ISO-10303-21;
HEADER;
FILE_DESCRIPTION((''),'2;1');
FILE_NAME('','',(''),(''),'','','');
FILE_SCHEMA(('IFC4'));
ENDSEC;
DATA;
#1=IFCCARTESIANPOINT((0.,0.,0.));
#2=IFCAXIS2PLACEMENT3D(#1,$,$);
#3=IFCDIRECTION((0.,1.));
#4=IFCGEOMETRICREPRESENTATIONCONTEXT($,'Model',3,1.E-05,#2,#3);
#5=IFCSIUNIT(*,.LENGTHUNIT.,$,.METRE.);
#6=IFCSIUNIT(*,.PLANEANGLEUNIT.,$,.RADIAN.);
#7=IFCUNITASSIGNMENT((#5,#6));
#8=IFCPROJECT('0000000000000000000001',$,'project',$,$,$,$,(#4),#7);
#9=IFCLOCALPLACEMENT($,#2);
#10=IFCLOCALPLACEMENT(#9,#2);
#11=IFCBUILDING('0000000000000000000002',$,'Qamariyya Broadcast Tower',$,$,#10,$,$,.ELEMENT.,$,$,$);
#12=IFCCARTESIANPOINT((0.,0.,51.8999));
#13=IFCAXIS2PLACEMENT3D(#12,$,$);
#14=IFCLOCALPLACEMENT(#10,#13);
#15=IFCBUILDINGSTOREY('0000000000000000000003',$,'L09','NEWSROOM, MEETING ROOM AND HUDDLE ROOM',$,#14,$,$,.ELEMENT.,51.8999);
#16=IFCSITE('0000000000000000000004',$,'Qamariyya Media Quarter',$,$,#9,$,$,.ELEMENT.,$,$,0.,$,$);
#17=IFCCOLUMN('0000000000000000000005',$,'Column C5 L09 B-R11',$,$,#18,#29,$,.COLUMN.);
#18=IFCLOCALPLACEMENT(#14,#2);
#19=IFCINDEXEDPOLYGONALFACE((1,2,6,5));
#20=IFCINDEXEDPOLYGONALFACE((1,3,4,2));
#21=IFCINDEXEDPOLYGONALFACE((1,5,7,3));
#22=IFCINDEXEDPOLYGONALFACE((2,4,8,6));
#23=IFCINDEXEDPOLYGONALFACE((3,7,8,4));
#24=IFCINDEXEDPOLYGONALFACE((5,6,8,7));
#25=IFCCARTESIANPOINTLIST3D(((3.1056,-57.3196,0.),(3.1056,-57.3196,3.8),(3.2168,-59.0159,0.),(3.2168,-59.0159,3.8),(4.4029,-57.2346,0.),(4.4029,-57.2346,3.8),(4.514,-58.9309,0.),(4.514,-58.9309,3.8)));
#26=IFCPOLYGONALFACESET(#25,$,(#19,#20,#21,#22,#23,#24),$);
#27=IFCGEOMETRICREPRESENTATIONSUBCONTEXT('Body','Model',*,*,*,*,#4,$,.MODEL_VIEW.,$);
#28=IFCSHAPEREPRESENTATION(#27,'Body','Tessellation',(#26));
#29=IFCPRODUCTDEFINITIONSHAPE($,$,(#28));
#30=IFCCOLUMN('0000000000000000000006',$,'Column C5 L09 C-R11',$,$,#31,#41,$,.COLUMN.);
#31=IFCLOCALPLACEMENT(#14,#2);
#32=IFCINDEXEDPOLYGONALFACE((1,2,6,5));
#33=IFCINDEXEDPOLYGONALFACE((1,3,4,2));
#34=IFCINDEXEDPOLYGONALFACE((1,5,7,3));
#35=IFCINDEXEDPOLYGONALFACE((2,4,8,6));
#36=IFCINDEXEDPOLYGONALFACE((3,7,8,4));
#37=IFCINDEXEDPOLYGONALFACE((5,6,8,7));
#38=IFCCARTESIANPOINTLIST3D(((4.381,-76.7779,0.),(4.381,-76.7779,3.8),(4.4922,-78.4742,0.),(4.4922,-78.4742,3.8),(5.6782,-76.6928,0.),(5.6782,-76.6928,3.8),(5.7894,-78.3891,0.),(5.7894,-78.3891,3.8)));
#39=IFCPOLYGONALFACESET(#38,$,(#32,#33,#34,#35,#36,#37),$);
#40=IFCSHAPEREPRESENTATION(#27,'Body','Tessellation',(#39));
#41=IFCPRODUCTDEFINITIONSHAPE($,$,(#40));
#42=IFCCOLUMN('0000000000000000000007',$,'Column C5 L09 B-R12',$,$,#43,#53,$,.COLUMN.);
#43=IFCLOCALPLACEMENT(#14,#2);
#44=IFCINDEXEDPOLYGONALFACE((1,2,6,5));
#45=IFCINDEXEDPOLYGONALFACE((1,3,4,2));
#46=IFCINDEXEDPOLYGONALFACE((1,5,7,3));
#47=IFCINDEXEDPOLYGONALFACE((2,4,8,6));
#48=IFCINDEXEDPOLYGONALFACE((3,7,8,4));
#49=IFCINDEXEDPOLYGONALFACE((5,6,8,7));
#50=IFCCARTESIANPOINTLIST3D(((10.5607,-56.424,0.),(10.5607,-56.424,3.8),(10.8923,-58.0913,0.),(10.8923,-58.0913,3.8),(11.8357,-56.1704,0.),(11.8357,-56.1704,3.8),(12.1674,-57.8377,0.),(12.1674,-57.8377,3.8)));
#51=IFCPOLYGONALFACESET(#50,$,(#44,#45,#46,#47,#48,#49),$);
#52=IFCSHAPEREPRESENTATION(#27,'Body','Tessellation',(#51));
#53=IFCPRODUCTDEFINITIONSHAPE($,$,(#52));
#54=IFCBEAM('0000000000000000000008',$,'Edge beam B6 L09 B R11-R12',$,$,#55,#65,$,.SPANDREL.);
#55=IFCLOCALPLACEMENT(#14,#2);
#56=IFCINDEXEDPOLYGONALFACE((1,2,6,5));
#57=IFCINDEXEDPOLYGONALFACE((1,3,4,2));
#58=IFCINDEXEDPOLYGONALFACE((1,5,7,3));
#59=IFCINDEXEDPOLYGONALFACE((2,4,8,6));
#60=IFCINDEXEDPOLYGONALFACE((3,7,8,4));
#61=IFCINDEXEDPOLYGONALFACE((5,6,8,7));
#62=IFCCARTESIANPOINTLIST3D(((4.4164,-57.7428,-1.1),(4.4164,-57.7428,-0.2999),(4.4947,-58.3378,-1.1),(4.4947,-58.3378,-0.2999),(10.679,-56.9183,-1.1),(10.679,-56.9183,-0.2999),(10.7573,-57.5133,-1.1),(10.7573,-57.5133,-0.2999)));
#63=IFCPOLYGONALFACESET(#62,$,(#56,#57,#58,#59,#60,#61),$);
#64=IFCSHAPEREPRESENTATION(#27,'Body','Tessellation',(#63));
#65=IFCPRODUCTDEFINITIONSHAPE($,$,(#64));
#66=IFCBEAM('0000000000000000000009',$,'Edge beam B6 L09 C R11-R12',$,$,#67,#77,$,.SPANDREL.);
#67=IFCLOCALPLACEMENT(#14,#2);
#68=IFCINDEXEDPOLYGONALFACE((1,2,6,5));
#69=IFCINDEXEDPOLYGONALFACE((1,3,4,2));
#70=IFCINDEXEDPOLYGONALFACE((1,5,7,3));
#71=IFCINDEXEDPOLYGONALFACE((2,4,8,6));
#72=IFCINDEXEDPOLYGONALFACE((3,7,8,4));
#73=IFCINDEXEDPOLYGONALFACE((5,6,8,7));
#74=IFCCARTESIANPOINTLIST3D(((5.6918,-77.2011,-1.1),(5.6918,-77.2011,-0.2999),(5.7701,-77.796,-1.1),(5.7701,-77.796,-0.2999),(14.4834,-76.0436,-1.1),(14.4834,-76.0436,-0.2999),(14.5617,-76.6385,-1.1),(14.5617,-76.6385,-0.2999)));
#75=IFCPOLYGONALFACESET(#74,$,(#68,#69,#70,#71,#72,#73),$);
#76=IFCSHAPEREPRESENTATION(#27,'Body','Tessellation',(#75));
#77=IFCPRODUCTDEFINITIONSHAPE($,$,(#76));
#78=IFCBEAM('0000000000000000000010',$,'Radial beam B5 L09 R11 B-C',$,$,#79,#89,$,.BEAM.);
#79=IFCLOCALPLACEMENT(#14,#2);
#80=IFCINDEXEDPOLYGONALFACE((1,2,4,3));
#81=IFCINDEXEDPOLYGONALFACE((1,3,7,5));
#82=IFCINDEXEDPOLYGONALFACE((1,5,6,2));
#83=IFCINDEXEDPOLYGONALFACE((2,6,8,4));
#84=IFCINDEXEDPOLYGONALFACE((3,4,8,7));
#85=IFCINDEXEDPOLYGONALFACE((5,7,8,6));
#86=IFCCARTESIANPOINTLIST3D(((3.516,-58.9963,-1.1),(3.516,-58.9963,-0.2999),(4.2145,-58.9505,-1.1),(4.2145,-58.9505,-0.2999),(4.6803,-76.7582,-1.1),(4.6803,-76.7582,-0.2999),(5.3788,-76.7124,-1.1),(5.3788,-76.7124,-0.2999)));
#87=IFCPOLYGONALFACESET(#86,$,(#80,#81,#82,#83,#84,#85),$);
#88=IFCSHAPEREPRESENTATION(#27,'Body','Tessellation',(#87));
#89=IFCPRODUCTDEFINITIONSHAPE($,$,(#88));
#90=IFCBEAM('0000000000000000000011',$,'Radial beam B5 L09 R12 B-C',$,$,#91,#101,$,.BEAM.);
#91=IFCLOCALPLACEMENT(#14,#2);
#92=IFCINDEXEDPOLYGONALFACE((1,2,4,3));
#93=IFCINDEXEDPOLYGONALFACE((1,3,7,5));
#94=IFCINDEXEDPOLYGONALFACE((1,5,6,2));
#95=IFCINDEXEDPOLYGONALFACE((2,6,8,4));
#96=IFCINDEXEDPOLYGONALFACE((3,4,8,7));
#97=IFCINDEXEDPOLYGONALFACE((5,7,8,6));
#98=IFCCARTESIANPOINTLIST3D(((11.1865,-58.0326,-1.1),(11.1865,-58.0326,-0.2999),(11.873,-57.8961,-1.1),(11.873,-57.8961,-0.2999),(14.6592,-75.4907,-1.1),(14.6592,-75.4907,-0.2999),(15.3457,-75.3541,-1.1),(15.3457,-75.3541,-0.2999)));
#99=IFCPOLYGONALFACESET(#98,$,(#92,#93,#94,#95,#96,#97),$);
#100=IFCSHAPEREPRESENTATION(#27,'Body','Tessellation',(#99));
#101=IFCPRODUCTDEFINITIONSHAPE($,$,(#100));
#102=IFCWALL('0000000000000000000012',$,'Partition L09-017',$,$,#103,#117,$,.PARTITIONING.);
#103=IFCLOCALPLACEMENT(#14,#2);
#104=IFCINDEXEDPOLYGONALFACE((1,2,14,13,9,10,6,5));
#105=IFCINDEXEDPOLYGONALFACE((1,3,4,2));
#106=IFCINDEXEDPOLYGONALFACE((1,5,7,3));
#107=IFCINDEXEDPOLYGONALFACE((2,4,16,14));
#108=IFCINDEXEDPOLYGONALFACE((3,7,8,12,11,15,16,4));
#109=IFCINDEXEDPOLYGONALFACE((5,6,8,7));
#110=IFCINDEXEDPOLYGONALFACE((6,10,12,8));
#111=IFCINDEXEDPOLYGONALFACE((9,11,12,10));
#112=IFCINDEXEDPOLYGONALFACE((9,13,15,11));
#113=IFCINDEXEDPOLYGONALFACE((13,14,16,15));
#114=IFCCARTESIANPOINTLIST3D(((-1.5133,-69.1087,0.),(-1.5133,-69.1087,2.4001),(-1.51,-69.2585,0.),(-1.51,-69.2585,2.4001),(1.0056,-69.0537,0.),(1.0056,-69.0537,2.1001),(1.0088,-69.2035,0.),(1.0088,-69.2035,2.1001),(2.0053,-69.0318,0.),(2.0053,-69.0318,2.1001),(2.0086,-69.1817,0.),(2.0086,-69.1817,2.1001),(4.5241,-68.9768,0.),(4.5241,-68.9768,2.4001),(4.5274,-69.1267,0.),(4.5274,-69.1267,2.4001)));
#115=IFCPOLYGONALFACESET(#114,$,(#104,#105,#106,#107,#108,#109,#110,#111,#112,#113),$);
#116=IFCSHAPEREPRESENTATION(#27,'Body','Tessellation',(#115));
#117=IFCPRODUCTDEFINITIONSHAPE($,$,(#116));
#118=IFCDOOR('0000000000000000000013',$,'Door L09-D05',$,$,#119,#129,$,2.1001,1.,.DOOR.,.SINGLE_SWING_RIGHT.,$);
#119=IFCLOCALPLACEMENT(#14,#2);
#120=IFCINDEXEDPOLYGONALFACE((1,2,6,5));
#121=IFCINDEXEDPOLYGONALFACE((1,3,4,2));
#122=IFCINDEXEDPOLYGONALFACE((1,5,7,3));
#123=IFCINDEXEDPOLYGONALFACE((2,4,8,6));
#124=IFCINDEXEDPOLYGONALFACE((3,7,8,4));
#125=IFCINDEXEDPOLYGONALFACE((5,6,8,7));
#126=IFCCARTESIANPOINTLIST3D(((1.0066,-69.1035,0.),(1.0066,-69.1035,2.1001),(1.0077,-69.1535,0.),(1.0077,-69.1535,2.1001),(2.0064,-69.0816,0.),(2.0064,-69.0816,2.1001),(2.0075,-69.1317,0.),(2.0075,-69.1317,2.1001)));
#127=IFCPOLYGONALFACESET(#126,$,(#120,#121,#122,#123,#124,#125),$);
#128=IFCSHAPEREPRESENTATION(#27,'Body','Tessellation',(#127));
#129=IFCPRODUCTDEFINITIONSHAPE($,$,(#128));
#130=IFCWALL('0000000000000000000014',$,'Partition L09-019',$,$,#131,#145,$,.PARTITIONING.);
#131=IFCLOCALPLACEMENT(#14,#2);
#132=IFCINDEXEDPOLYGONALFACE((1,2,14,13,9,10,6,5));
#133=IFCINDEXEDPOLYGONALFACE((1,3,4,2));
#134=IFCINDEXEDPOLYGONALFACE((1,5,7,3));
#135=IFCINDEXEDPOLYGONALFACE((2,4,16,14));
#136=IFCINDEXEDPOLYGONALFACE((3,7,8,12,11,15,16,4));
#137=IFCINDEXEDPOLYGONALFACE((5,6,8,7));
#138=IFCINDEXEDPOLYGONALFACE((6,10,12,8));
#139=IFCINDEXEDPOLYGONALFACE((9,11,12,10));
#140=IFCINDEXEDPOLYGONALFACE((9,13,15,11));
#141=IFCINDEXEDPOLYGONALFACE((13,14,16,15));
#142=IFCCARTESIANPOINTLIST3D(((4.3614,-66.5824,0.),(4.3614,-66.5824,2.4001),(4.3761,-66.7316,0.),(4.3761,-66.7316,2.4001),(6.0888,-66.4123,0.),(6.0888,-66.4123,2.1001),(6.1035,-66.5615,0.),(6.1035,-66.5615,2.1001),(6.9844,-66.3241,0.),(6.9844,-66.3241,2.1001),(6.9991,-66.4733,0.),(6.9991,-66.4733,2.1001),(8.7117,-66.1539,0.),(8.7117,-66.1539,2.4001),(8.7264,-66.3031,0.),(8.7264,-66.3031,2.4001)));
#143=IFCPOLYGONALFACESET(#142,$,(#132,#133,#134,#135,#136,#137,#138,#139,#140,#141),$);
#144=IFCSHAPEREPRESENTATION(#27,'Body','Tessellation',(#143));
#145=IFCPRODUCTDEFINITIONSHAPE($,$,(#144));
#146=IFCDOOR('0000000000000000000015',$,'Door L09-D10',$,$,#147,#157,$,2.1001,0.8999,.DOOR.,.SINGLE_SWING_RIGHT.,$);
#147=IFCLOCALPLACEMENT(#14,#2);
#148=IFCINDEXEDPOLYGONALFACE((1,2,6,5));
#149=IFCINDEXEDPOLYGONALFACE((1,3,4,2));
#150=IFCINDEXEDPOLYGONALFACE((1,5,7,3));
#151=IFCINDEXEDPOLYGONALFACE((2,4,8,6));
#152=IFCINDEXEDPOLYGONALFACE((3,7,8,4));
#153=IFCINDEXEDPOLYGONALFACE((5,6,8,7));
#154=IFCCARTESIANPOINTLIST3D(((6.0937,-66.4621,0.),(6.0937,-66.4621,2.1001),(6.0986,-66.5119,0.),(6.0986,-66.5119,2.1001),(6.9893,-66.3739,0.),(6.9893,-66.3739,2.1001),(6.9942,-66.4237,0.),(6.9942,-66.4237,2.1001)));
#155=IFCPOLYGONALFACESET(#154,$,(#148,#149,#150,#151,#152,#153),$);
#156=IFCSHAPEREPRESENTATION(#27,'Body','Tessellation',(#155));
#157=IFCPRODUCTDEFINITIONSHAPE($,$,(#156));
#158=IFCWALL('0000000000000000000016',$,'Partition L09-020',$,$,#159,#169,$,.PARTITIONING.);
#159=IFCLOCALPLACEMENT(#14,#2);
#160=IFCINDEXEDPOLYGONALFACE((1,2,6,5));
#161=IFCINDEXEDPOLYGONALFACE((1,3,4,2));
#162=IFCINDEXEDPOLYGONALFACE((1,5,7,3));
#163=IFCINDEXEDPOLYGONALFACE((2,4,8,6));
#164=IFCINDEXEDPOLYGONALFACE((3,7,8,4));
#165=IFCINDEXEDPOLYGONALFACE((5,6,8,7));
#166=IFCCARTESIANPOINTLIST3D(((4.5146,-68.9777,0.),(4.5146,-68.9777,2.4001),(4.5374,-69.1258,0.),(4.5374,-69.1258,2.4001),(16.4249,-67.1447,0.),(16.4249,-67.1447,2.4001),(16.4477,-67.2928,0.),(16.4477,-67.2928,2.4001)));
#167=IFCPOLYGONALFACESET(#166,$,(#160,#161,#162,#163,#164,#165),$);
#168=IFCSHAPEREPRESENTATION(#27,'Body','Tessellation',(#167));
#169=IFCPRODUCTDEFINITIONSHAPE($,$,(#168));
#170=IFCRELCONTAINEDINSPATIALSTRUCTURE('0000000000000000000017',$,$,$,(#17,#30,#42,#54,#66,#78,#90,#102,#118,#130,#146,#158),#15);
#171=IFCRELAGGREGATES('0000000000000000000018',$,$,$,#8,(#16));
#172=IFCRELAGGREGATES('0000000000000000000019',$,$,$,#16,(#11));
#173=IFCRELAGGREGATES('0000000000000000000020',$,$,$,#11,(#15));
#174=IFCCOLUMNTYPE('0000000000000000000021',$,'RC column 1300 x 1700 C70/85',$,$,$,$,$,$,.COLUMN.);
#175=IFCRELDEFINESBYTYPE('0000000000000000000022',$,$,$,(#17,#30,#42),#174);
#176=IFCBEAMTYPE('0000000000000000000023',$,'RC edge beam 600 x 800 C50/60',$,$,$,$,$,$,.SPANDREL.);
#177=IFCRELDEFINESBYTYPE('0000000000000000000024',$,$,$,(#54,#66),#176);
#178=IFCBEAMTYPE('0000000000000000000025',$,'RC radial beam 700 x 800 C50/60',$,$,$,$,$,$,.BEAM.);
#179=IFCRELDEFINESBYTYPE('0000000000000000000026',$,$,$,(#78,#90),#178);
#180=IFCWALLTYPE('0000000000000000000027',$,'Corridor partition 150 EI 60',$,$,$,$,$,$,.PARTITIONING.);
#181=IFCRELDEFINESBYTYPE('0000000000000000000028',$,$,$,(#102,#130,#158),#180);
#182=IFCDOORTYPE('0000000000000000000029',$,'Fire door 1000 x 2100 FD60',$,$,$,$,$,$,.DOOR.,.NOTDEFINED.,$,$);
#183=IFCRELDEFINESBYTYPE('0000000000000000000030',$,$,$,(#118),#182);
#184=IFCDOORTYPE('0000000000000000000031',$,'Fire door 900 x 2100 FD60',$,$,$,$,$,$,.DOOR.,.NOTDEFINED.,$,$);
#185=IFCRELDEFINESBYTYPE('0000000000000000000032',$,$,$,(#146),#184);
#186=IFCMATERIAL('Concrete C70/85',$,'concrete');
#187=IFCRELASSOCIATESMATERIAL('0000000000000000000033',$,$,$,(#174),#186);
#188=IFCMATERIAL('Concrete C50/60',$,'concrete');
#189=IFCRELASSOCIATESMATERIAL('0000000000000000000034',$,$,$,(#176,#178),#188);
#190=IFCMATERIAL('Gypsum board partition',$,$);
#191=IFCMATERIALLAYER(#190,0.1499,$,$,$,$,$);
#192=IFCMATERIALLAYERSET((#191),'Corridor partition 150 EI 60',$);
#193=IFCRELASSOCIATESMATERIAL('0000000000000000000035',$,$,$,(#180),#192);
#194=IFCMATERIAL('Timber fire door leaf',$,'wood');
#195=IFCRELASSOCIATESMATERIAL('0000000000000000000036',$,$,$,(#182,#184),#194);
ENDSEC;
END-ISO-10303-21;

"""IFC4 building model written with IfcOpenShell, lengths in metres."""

from ifc_helpers import new_model, si_unit, direction, frame, frame_2d, origin, origin_2d, place, context, subcontext, project, spatial, rectangle, extrude, material, layer, layer_set, material_profile, profile_set, type_object, element, fill, save


model = new_model("IFC4")

# Units and contexts
model_context = context("Model", 3, precision=1e-05, world=origin(), true_north=direction((0.0, 1.0)))
body_context = subcontext(model_context, "Body", "Model", "MODEL_VIEW")
ifc_project = project(units=[si_unit("LENGTHUNIT", "METRE"), si_unit("PLANEANGLEUNIT", "RADIAN")], contexts=[model_context])

# Site, building, storey
site_placement = place(None, origin())
site = spatial("IfcSite", under=ifc_project, at=site_placement, Name="Qamariyya Media Quarter", CompositionType="ELEMENT", RefElevation=0.0)
building_placement = place(site_placement, origin())
building = spatial("IfcBuilding", under=site, at=building_placement, Name="Qamariyya Broadcast Tower", CompositionType="ELEMENT")
storey_placement = place(building_placement, frame((0.0, 0.0, 51.8999)))
storey = spatial("IfcBuildingStorey", under=building, at=storey_placement, Name="L09", Description="NEWSROOM, MEETING ROOM AND HUDDLE ROOM", CompositionType="ELEMENT", Elevation=51.8999)

# Columns
ifc_material_1 = material(Name="Concrete C70/85", Category="concrete")
ifc_material_profile_1 = material_profile(ifc_material_1, rectangle(XDim=1.3, YDim=1.7, at=origin_2d()))
ifc_profile_set_1 = profile_set([ifc_material_profile_1], Name="Concrete C70/85")
column_type = type_object("IfcColumnType", Name="RC column 1300 x 1700 C70/85", PredefinedType="COLUMN", material=ifc_profile_set_1)
for number, where, z_axis, x_axis, name in (
    (1, (3.8098, -58.1252, 0.0), (0.0, 0.0, 1.0), (0.997859, 0.065403, 0.0), "Column C5 L09 B-R11"),
    (2, (5.0852, -77.5835, 0.0), (0.0, 0.0, 1.0), (0.997859, 0.065403, 0.0), "Column C5 L09 C-R11"),
    (3, (11.364, -57.1309, 0.0), (0.0, 0.0, 1.0), (0.980785, 0.19509, 0.0), "Column C5 L09 B-R12"),
):
    element("IfcColumn", number, at=place(storey_placement, frame(where, z_axis=z_axis, x_axis=x_axis)), inside=storey, type_object=column_type, Name=name, PredefinedType="COLUMN", context=body_context, shape_type="SweptSolid", body=[
        extrude(rectangle(XDim=1.3, YDim=1.7, at=origin_2d()), origin(), (0.0, 0.0, 1.0), 3.8),
    ])

# Beams
ifc_material_2 = material(Name="Concrete C50/60", Category="concrete")
ifc_material_profile_2 = material_profile(ifc_material_2, rectangle(XDim=0.6001, YDim=0.8, at=origin_2d()))
ifc_profile_set_2 = profile_set([ifc_material_profile_2], Name="Concrete C50/60")
beam_type_1 = type_object("IfcBeamType", Name="RC edge beam 600 x 800 C50/60", PredefinedType="SPANDREL", material=ifc_profile_set_2)
beam_1_placement = place(storey_placement, frame((4.4556, -58.0403, -0.7), z_axis=(0.991446, 0.13052, 0.0), x_axis=(-0.13052, 0.991446, 0.0)))
element("IfcBeam", 4, at=beam_1_placement, inside=storey, type_object=beam_type_1, Name="Edge beam B6 L09 B R11-R12", PredefinedType="SPANDREL", context=body_context, shape_type="SweptSolid", body=[
    extrude(rectangle(XDim=0.6001, YDim=0.8, at=origin_2d()), origin(), (0.0, 0.0, 1.0), 6.3167),
])
beam_2_placement = place(storey_placement, frame((5.731, -77.4985, -0.7), z_axis=(0.991444, 0.130531, 0.0), x_axis=(-0.130531, 0.991444, 0.0)))
element("IfcBeam", 5, at=beam_2_placement, inside=storey, type_object=beam_type_1, Name="Edge beam B6 L09 C R11-R12", PredefinedType="SPANDREL", context=body_context, shape_type="SweptSolid", body=[
    extrude(rectangle(XDim=0.6001, YDim=0.8, at=origin_2d()), origin(), (0.0, 0.0, 1.0), 8.8674),
])
ifc_material_profile_3 = material_profile(ifc_material_2, rectangle(XDim=0.7, YDim=0.8, at=origin_2d()))
ifc_profile_set_3 = profile_set([ifc_material_profile_3], Name="Concrete C50/60")
beam_type_2 = type_object("IfcBeamType", Name="RC radial beam 700 x 800 C50/60", PredefinedType="BEAM", material=ifc_profile_set_3)
for number, where, z_axis, x_axis, name in (
    (6, (3.8652, -58.9734, -0.7), (0.06541, -0.997858, 0.0), (0.997858, 0.06541, 0.0), "Radial beam B5 L09 R11 B-C"),
    (7, (11.5298, -57.9644, -0.7), (0.195093, -0.980785, 0.0), (0.980785, 0.195093, 0.0), "Radial beam B5 L09 R12 B-C"),
):
    element("IfcBeam", number, at=place(storey_placement, frame(where, z_axis=z_axis, x_axis=x_axis)), inside=storey, type_object=beam_type_2, Name=name, PredefinedType="BEAM", context=body_context, shape_type="SweptSolid", body=[
        extrude(rectangle(XDim=0.7, YDim=0.8, at=origin_2d()), origin(), (0.0, 0.0, 1.0), 17.8),
    ])

# Walls, openings, doors
ifc_material_3 = material(Name="Gypsum board partition")
ifc_layer_1 = layer(ifc_material_3, 0.1499)
ifc_layer_set_1 = layer_set([ifc_layer_1], Name="Corridor partition 150 EI 60")
wall_type_1 = type_object("IfcWallType", Name="Corridor partition 150 EI 60", PredefinedType="PARTITIONING", material=ifc_layer_set_1)
wall_1_placement = place(storey_placement, frame((4.5259, -69.0518, 0.0), z_axis=(0.0, 0.0, 1.0), x_axis=(-0.999762, -0.021832, 0.0)))
wall_1 = element("IfcWall", 8, at=wall_1_placement, inside=storey, type_object=wall_type_1, Name="Partition L09-017", PredefinedType="PARTITIONING", context=body_context, shape_type="SweptSolid", body=[
    extrude(rectangle(XDim=6.0388, YDim=0.1499, at=frame_2d((3.0195, 0.0))), origin(), (0.0, 0.0, 1.0), 2.4001),
])
opening_1_placement = place(wall_1_placement, frame((2.5195, 0.0, 0.0)))
opening_1 = element("IfcOpeningElement", 9, at=opening_1_placement, cuts=wall_1, PredefinedType="OPENING", context=body_context, shape_type="SweptSolid", body=[
    extrude(rectangle(XDim=1.0, YDim=2.1001, at=frame_2d((0.5, 1.05))), frame((0.0, 0.085, 0.0), z_axis=(0.0, -1.0, 0.0), x_axis=(1.0, 0.0, 0.0)), (0.0, 0.0, 1.0), 0.1699),
])
ifc_material_4 = material(Name="Timber fire door leaf", Category="wood")
door_type_1 = type_object("IfcDoorType", Name="Fire door 1000 x 2100 FD60", OperationType="NOTDEFINED", PredefinedType="DOOR", material=ifc_material_4)
door_1_placement = place(opening_1_placement, origin())
door_1 = element("IfcDoor", 10, at=door_1_placement, inside=storey, type_object=door_type_1, Name="Door L09-D05", OperationType="SINGLE_SWING_RIGHT", OverallHeight=2.1001, OverallWidth=1.0, PredefinedType="DOOR", context=body_context, shape_type="SweptSolid", body=[
    extrude(rectangle(XDim=1.0, YDim=2.1001, at=frame_2d((0.5, 1.05))), frame((0.0, 0.0249, 0.0), z_axis=(0.0, -1.0, 0.0), x_axis=(1.0, 0.0, 0.0)), (0.0, 0.0, 1.0), 0.05),
])
fill(opening_1, door_1)
wall_2_placement = place(storey_placement, frame((4.3689, -66.657, 0.0), z_axis=(0.0, 0.0, 1.0), x_axis=(0.995185, 0.098016, 0.0)))
wall_2 = element("IfcWall", 11, at=wall_2_placement, inside=storey, type_object=wall_type_1, Name="Partition L09-019", PredefinedType="PARTITIONING", context=body_context, shape_type="SweptSolid", body=[
    extrude(rectangle(XDim=4.3713, YDim=0.1499, at=frame_2d((2.1855, 0.0))), origin(), (0.0, 0.0, 1.0), 2.4001),
])
opening_2_placement = place(wall_2_placement, frame((1.7356, 0.0, 0.0)))
opening_2 = element("IfcOpeningElement", 12, at=opening_2_placement, cuts=wall_2, PredefinedType="OPENING", context=body_context, shape_type="SweptSolid", body=[
    extrude(rectangle(XDim=0.8999, YDim=2.1001, at=frame_2d((0.45, 1.05))), frame((0.0, 0.085, 0.0), z_axis=(0.0, -1.0, 0.0), x_axis=(1.0, 0.0, 0.0)), (0.0, 0.0, 1.0), 0.1699),
])
door_type_2 = type_object("IfcDoorType", Name="Fire door 900 x 2100 FD60", OperationType="NOTDEFINED", PredefinedType="DOOR", material=ifc_material_4)
door_2_placement = place(opening_2_placement, origin())
door_2 = element("IfcDoor", 13, at=door_2_placement, inside=storey, type_object=door_type_2, Name="Door L09-D10", OperationType="SINGLE_SWING_RIGHT", OverallHeight=2.1001, OverallWidth=0.8999, PredefinedType="DOOR", context=body_context, shape_type="SweptSolid", body=[
    extrude(rectangle(XDim=0.8999, YDim=2.1001, at=frame_2d((0.45, 1.05))), frame((0.0, 0.0249, 0.0), z_axis=(0.0, -1.0, 0.0), x_axis=(1.0, 0.0, 0.0)), (0.0, 0.0, 1.0), 0.05),
])
fill(opening_2, door_2)

# Wall
wall_3_placement = place(storey_placement, frame((4.5259, -69.0518, 0.0), z_axis=(0.0, 0.0, 1.0), x_axis=(0.988364, 0.152109, 0.0)))
element("IfcWall", 14, at=wall_3_placement, inside=storey, type_object=wall_type_1, Name="Partition L09-020", PredefinedType="PARTITIONING", context=body_context, shape_type="SweptSolid", body=[
    extrude(rectangle(XDim=12.0505, YDim=0.1499, at=frame_2d((6.0254, 0.0))), origin(), (0.0, 0.0, 1.0), 2.4001),
])

save(model, "model.ifc")
